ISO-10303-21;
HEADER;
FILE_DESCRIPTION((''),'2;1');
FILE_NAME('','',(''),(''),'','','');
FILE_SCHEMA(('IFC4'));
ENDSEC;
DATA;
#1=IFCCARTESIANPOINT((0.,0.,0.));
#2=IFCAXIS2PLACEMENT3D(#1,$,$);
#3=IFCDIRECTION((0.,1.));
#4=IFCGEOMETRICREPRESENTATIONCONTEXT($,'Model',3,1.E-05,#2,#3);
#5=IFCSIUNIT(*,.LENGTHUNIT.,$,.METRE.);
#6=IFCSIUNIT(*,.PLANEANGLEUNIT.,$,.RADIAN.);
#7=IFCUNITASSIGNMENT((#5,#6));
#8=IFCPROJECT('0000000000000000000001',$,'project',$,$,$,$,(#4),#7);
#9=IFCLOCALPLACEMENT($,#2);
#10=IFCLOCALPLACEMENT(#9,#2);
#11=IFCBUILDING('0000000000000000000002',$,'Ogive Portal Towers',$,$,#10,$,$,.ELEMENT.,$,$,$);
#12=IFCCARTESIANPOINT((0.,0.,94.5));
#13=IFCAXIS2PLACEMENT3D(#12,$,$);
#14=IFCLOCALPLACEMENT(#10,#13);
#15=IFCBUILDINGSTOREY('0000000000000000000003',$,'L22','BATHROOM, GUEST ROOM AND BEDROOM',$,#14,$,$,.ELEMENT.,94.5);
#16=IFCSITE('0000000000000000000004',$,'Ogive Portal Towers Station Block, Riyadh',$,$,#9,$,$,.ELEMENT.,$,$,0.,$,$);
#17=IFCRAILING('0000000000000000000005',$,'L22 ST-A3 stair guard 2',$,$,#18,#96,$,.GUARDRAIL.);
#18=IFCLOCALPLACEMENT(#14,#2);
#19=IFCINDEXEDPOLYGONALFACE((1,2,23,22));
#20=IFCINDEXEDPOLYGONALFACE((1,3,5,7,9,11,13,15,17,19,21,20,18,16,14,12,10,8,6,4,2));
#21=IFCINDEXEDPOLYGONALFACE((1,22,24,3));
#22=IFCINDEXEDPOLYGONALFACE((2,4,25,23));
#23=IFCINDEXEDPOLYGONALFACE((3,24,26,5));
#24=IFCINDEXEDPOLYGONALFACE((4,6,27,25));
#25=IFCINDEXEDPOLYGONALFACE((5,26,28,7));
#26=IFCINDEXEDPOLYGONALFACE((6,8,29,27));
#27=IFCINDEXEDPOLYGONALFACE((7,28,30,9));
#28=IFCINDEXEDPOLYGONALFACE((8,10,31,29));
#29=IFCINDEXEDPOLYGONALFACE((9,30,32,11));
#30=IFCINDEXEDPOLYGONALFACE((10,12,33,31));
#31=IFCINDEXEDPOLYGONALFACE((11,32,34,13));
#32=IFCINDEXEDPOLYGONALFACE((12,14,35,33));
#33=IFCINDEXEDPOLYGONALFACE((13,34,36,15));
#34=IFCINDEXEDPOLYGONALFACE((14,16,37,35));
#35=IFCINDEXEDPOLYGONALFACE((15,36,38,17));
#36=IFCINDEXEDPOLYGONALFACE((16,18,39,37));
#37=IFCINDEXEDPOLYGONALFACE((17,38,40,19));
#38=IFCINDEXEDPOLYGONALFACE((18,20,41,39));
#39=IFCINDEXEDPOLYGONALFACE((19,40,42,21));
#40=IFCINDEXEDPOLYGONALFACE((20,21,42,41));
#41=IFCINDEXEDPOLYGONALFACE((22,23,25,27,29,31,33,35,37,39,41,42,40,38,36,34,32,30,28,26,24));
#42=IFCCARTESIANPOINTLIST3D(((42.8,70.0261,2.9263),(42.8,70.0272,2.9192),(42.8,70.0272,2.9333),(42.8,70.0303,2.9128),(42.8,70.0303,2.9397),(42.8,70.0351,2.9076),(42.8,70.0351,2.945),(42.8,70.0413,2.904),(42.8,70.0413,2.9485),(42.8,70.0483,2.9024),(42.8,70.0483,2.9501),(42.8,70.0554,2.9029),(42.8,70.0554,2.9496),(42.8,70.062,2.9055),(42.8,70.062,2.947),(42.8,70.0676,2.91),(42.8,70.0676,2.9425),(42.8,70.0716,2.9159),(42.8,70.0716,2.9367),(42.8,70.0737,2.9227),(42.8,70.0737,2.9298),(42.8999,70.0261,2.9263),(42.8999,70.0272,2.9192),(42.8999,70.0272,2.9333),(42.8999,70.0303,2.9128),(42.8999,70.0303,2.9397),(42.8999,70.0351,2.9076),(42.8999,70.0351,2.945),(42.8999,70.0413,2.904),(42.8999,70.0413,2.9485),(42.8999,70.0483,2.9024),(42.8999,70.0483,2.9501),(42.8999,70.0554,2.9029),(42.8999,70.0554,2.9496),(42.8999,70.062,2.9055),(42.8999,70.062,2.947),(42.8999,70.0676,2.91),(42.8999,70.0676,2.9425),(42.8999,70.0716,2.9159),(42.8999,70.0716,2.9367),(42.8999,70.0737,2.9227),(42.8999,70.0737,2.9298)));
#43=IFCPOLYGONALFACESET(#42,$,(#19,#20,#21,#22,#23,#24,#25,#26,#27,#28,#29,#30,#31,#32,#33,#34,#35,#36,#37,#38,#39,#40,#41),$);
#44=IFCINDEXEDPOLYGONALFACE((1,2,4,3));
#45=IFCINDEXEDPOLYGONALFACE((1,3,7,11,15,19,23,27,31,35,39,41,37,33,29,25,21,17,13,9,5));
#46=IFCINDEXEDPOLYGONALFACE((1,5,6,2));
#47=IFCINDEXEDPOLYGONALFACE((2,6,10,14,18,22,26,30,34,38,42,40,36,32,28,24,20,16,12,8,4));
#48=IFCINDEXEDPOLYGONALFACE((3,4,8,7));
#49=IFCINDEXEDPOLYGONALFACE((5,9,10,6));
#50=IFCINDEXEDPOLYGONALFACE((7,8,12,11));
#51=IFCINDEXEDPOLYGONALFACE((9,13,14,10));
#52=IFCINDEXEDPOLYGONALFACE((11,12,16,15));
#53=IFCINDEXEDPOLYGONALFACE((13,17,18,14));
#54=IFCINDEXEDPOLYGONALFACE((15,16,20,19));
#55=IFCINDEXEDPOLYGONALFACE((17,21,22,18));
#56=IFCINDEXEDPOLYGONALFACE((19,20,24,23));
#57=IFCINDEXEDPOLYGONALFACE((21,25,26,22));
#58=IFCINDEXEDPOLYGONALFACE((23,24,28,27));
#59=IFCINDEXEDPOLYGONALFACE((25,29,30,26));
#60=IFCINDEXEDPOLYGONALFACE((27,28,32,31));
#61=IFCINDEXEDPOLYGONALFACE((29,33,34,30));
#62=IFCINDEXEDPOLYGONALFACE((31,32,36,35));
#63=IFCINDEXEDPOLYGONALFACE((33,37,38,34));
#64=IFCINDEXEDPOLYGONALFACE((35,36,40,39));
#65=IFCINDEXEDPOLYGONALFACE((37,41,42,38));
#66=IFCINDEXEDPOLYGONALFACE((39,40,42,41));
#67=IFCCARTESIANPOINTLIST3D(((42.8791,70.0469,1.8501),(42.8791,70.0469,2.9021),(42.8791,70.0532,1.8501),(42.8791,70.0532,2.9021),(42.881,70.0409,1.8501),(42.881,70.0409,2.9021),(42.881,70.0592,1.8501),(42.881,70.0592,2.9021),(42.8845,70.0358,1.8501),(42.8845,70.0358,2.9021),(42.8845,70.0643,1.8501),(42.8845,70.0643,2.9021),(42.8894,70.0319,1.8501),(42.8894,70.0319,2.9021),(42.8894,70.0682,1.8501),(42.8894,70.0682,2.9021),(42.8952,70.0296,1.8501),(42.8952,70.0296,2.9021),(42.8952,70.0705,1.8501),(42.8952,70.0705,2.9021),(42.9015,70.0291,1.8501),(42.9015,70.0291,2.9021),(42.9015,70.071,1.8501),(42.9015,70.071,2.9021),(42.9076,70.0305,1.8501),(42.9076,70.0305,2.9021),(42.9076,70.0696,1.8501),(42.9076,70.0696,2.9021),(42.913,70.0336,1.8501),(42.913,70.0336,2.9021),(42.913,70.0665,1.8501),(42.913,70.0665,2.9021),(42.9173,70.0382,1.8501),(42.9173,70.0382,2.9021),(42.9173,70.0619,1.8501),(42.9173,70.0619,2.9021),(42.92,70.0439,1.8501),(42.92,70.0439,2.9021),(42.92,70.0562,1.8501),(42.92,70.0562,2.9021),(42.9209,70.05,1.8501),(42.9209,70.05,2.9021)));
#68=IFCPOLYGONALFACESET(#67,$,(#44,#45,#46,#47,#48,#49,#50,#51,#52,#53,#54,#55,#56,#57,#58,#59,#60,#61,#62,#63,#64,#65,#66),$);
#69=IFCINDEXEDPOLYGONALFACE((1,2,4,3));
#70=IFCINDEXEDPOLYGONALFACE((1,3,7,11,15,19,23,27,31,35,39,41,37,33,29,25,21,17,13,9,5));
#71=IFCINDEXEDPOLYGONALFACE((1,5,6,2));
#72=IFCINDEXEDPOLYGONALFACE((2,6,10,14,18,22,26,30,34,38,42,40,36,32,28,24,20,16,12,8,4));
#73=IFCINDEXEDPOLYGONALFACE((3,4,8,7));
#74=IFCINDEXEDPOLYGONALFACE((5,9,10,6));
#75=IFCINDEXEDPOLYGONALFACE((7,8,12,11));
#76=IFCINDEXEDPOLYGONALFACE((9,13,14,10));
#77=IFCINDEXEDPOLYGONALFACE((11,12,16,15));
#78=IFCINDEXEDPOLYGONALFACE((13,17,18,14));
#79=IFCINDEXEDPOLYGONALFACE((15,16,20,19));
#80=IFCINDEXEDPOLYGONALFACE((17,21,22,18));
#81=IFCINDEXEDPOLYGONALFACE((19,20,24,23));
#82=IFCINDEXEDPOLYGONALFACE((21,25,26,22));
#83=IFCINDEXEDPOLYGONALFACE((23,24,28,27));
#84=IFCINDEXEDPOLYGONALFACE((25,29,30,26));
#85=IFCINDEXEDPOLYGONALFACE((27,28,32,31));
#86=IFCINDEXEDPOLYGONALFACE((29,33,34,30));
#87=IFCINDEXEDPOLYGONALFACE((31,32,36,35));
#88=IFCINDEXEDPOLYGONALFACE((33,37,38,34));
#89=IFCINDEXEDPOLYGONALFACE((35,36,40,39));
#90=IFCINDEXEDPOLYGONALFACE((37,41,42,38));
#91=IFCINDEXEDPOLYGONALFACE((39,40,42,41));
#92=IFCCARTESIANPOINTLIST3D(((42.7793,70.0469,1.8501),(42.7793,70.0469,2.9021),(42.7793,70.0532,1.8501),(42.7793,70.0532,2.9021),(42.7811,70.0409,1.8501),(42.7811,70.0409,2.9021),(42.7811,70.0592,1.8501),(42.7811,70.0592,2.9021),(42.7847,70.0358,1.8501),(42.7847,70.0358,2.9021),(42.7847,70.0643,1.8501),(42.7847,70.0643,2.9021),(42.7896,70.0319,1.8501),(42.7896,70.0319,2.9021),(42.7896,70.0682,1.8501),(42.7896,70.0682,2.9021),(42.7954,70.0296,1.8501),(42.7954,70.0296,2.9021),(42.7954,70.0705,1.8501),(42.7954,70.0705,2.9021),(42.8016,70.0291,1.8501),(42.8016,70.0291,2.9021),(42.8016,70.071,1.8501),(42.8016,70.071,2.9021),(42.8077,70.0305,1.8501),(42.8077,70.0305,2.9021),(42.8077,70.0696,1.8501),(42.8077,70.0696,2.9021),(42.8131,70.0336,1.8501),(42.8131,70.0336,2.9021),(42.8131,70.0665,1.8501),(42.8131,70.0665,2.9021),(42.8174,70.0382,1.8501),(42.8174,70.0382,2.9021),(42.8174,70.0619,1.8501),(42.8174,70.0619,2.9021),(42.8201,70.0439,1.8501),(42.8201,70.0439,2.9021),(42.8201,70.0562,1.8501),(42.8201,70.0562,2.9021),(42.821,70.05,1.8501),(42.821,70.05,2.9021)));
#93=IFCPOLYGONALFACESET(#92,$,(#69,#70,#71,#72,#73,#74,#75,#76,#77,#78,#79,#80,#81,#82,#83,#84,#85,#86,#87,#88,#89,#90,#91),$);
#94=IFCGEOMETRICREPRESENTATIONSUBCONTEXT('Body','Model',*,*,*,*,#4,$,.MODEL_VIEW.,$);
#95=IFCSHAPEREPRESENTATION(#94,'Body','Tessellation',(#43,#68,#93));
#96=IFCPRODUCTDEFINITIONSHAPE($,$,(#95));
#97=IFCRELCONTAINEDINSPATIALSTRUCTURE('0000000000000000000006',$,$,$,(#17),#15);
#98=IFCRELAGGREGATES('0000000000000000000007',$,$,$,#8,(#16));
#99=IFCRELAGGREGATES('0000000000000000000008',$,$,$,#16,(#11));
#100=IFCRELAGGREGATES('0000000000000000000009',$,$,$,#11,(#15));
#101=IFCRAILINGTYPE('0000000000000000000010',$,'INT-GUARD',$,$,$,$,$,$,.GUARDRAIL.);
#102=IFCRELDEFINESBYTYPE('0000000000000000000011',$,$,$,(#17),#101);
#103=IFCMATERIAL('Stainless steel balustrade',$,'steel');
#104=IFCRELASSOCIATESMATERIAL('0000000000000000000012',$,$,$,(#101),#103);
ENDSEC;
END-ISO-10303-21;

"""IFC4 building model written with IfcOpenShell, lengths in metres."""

from ifc_helpers import new_model, si_unit, direction, frame, origin, origin_2d, place, context, subcontext, project, spatial, circle, extrude, material, type_object, element, save


model = new_model("IFC4")

# Units and contexts
model_context = context("Model", 3, precision=1e-05, world=origin(), true_north=direction((0.0, 1.0)))
body_context = subcontext(model_context, "Body", "Model", "MODEL_VIEW")
ifc_project = project(units=[si_unit("LENGTHUNIT", "METRE"), si_unit("PLANEANGLEUNIT", "RADIAN")], contexts=[model_context])

# Site, building, storey
site_placement = place(None, origin())
site = spatial("IfcSite", under=ifc_project, at=site_placement, Name="Ogive Portal Towers Station Block, Riyadh", CompositionType="ELEMENT", RefElevation=0.0)
building_placement = place(site_placement, origin())
building = spatial("IfcBuilding", under=site, at=building_placement, Name="Ogive Portal Towers", CompositionType="ELEMENT")
storey_placement = place(building_placement, frame((0.0, 0.0, 94.5)))
storey = spatial("IfcBuildingStorey", under=building, at=storey_placement, Name="L22", Description="BATHROOM, GUEST ROOM AND BEDROOM", CompositionType="ELEMENT", Elevation=94.5)

# Railing
ifc_material_1 = material(Name="Stainless steel balustrade", Category="steel")
railing_type = type_object("IfcRailingType", Name="INT-GUARD", PredefinedType="GUARDRAIL", material=ifc_material_1)
railing_placement = place(storey_placement, frame((42.8999, 70.05, 1.8501)))
element("IfcRailing", 1, at=railing_placement, inside=storey, type_object=railing_type, Name="L22 ST-A3 stair guard 2", PredefinedType="GUARDRAIL", context=body_context, shape_type="SweptSolid", body=[
    extrude(circle(Radius=0.0239, at=origin_2d()), frame((0.0, 0.0, 1.0762), z_axis=(-1.0, 0.0, 0.0), x_axis=(0.0, -1.0, 0.0)), (0.0, 0.0, 1.0), 0.0999),
    extrude(circle(Radius=0.021, at=origin_2d()), origin(), (0.0, 0.0, 1.0), 1.052),
    extrude(circle(Radius=0.021, at=origin_2d()), frame((-0.0999, 0.0, 0.0)), (0.0, 0.0, 1.0), 1.052),
])

save(model, "model.ifc")
